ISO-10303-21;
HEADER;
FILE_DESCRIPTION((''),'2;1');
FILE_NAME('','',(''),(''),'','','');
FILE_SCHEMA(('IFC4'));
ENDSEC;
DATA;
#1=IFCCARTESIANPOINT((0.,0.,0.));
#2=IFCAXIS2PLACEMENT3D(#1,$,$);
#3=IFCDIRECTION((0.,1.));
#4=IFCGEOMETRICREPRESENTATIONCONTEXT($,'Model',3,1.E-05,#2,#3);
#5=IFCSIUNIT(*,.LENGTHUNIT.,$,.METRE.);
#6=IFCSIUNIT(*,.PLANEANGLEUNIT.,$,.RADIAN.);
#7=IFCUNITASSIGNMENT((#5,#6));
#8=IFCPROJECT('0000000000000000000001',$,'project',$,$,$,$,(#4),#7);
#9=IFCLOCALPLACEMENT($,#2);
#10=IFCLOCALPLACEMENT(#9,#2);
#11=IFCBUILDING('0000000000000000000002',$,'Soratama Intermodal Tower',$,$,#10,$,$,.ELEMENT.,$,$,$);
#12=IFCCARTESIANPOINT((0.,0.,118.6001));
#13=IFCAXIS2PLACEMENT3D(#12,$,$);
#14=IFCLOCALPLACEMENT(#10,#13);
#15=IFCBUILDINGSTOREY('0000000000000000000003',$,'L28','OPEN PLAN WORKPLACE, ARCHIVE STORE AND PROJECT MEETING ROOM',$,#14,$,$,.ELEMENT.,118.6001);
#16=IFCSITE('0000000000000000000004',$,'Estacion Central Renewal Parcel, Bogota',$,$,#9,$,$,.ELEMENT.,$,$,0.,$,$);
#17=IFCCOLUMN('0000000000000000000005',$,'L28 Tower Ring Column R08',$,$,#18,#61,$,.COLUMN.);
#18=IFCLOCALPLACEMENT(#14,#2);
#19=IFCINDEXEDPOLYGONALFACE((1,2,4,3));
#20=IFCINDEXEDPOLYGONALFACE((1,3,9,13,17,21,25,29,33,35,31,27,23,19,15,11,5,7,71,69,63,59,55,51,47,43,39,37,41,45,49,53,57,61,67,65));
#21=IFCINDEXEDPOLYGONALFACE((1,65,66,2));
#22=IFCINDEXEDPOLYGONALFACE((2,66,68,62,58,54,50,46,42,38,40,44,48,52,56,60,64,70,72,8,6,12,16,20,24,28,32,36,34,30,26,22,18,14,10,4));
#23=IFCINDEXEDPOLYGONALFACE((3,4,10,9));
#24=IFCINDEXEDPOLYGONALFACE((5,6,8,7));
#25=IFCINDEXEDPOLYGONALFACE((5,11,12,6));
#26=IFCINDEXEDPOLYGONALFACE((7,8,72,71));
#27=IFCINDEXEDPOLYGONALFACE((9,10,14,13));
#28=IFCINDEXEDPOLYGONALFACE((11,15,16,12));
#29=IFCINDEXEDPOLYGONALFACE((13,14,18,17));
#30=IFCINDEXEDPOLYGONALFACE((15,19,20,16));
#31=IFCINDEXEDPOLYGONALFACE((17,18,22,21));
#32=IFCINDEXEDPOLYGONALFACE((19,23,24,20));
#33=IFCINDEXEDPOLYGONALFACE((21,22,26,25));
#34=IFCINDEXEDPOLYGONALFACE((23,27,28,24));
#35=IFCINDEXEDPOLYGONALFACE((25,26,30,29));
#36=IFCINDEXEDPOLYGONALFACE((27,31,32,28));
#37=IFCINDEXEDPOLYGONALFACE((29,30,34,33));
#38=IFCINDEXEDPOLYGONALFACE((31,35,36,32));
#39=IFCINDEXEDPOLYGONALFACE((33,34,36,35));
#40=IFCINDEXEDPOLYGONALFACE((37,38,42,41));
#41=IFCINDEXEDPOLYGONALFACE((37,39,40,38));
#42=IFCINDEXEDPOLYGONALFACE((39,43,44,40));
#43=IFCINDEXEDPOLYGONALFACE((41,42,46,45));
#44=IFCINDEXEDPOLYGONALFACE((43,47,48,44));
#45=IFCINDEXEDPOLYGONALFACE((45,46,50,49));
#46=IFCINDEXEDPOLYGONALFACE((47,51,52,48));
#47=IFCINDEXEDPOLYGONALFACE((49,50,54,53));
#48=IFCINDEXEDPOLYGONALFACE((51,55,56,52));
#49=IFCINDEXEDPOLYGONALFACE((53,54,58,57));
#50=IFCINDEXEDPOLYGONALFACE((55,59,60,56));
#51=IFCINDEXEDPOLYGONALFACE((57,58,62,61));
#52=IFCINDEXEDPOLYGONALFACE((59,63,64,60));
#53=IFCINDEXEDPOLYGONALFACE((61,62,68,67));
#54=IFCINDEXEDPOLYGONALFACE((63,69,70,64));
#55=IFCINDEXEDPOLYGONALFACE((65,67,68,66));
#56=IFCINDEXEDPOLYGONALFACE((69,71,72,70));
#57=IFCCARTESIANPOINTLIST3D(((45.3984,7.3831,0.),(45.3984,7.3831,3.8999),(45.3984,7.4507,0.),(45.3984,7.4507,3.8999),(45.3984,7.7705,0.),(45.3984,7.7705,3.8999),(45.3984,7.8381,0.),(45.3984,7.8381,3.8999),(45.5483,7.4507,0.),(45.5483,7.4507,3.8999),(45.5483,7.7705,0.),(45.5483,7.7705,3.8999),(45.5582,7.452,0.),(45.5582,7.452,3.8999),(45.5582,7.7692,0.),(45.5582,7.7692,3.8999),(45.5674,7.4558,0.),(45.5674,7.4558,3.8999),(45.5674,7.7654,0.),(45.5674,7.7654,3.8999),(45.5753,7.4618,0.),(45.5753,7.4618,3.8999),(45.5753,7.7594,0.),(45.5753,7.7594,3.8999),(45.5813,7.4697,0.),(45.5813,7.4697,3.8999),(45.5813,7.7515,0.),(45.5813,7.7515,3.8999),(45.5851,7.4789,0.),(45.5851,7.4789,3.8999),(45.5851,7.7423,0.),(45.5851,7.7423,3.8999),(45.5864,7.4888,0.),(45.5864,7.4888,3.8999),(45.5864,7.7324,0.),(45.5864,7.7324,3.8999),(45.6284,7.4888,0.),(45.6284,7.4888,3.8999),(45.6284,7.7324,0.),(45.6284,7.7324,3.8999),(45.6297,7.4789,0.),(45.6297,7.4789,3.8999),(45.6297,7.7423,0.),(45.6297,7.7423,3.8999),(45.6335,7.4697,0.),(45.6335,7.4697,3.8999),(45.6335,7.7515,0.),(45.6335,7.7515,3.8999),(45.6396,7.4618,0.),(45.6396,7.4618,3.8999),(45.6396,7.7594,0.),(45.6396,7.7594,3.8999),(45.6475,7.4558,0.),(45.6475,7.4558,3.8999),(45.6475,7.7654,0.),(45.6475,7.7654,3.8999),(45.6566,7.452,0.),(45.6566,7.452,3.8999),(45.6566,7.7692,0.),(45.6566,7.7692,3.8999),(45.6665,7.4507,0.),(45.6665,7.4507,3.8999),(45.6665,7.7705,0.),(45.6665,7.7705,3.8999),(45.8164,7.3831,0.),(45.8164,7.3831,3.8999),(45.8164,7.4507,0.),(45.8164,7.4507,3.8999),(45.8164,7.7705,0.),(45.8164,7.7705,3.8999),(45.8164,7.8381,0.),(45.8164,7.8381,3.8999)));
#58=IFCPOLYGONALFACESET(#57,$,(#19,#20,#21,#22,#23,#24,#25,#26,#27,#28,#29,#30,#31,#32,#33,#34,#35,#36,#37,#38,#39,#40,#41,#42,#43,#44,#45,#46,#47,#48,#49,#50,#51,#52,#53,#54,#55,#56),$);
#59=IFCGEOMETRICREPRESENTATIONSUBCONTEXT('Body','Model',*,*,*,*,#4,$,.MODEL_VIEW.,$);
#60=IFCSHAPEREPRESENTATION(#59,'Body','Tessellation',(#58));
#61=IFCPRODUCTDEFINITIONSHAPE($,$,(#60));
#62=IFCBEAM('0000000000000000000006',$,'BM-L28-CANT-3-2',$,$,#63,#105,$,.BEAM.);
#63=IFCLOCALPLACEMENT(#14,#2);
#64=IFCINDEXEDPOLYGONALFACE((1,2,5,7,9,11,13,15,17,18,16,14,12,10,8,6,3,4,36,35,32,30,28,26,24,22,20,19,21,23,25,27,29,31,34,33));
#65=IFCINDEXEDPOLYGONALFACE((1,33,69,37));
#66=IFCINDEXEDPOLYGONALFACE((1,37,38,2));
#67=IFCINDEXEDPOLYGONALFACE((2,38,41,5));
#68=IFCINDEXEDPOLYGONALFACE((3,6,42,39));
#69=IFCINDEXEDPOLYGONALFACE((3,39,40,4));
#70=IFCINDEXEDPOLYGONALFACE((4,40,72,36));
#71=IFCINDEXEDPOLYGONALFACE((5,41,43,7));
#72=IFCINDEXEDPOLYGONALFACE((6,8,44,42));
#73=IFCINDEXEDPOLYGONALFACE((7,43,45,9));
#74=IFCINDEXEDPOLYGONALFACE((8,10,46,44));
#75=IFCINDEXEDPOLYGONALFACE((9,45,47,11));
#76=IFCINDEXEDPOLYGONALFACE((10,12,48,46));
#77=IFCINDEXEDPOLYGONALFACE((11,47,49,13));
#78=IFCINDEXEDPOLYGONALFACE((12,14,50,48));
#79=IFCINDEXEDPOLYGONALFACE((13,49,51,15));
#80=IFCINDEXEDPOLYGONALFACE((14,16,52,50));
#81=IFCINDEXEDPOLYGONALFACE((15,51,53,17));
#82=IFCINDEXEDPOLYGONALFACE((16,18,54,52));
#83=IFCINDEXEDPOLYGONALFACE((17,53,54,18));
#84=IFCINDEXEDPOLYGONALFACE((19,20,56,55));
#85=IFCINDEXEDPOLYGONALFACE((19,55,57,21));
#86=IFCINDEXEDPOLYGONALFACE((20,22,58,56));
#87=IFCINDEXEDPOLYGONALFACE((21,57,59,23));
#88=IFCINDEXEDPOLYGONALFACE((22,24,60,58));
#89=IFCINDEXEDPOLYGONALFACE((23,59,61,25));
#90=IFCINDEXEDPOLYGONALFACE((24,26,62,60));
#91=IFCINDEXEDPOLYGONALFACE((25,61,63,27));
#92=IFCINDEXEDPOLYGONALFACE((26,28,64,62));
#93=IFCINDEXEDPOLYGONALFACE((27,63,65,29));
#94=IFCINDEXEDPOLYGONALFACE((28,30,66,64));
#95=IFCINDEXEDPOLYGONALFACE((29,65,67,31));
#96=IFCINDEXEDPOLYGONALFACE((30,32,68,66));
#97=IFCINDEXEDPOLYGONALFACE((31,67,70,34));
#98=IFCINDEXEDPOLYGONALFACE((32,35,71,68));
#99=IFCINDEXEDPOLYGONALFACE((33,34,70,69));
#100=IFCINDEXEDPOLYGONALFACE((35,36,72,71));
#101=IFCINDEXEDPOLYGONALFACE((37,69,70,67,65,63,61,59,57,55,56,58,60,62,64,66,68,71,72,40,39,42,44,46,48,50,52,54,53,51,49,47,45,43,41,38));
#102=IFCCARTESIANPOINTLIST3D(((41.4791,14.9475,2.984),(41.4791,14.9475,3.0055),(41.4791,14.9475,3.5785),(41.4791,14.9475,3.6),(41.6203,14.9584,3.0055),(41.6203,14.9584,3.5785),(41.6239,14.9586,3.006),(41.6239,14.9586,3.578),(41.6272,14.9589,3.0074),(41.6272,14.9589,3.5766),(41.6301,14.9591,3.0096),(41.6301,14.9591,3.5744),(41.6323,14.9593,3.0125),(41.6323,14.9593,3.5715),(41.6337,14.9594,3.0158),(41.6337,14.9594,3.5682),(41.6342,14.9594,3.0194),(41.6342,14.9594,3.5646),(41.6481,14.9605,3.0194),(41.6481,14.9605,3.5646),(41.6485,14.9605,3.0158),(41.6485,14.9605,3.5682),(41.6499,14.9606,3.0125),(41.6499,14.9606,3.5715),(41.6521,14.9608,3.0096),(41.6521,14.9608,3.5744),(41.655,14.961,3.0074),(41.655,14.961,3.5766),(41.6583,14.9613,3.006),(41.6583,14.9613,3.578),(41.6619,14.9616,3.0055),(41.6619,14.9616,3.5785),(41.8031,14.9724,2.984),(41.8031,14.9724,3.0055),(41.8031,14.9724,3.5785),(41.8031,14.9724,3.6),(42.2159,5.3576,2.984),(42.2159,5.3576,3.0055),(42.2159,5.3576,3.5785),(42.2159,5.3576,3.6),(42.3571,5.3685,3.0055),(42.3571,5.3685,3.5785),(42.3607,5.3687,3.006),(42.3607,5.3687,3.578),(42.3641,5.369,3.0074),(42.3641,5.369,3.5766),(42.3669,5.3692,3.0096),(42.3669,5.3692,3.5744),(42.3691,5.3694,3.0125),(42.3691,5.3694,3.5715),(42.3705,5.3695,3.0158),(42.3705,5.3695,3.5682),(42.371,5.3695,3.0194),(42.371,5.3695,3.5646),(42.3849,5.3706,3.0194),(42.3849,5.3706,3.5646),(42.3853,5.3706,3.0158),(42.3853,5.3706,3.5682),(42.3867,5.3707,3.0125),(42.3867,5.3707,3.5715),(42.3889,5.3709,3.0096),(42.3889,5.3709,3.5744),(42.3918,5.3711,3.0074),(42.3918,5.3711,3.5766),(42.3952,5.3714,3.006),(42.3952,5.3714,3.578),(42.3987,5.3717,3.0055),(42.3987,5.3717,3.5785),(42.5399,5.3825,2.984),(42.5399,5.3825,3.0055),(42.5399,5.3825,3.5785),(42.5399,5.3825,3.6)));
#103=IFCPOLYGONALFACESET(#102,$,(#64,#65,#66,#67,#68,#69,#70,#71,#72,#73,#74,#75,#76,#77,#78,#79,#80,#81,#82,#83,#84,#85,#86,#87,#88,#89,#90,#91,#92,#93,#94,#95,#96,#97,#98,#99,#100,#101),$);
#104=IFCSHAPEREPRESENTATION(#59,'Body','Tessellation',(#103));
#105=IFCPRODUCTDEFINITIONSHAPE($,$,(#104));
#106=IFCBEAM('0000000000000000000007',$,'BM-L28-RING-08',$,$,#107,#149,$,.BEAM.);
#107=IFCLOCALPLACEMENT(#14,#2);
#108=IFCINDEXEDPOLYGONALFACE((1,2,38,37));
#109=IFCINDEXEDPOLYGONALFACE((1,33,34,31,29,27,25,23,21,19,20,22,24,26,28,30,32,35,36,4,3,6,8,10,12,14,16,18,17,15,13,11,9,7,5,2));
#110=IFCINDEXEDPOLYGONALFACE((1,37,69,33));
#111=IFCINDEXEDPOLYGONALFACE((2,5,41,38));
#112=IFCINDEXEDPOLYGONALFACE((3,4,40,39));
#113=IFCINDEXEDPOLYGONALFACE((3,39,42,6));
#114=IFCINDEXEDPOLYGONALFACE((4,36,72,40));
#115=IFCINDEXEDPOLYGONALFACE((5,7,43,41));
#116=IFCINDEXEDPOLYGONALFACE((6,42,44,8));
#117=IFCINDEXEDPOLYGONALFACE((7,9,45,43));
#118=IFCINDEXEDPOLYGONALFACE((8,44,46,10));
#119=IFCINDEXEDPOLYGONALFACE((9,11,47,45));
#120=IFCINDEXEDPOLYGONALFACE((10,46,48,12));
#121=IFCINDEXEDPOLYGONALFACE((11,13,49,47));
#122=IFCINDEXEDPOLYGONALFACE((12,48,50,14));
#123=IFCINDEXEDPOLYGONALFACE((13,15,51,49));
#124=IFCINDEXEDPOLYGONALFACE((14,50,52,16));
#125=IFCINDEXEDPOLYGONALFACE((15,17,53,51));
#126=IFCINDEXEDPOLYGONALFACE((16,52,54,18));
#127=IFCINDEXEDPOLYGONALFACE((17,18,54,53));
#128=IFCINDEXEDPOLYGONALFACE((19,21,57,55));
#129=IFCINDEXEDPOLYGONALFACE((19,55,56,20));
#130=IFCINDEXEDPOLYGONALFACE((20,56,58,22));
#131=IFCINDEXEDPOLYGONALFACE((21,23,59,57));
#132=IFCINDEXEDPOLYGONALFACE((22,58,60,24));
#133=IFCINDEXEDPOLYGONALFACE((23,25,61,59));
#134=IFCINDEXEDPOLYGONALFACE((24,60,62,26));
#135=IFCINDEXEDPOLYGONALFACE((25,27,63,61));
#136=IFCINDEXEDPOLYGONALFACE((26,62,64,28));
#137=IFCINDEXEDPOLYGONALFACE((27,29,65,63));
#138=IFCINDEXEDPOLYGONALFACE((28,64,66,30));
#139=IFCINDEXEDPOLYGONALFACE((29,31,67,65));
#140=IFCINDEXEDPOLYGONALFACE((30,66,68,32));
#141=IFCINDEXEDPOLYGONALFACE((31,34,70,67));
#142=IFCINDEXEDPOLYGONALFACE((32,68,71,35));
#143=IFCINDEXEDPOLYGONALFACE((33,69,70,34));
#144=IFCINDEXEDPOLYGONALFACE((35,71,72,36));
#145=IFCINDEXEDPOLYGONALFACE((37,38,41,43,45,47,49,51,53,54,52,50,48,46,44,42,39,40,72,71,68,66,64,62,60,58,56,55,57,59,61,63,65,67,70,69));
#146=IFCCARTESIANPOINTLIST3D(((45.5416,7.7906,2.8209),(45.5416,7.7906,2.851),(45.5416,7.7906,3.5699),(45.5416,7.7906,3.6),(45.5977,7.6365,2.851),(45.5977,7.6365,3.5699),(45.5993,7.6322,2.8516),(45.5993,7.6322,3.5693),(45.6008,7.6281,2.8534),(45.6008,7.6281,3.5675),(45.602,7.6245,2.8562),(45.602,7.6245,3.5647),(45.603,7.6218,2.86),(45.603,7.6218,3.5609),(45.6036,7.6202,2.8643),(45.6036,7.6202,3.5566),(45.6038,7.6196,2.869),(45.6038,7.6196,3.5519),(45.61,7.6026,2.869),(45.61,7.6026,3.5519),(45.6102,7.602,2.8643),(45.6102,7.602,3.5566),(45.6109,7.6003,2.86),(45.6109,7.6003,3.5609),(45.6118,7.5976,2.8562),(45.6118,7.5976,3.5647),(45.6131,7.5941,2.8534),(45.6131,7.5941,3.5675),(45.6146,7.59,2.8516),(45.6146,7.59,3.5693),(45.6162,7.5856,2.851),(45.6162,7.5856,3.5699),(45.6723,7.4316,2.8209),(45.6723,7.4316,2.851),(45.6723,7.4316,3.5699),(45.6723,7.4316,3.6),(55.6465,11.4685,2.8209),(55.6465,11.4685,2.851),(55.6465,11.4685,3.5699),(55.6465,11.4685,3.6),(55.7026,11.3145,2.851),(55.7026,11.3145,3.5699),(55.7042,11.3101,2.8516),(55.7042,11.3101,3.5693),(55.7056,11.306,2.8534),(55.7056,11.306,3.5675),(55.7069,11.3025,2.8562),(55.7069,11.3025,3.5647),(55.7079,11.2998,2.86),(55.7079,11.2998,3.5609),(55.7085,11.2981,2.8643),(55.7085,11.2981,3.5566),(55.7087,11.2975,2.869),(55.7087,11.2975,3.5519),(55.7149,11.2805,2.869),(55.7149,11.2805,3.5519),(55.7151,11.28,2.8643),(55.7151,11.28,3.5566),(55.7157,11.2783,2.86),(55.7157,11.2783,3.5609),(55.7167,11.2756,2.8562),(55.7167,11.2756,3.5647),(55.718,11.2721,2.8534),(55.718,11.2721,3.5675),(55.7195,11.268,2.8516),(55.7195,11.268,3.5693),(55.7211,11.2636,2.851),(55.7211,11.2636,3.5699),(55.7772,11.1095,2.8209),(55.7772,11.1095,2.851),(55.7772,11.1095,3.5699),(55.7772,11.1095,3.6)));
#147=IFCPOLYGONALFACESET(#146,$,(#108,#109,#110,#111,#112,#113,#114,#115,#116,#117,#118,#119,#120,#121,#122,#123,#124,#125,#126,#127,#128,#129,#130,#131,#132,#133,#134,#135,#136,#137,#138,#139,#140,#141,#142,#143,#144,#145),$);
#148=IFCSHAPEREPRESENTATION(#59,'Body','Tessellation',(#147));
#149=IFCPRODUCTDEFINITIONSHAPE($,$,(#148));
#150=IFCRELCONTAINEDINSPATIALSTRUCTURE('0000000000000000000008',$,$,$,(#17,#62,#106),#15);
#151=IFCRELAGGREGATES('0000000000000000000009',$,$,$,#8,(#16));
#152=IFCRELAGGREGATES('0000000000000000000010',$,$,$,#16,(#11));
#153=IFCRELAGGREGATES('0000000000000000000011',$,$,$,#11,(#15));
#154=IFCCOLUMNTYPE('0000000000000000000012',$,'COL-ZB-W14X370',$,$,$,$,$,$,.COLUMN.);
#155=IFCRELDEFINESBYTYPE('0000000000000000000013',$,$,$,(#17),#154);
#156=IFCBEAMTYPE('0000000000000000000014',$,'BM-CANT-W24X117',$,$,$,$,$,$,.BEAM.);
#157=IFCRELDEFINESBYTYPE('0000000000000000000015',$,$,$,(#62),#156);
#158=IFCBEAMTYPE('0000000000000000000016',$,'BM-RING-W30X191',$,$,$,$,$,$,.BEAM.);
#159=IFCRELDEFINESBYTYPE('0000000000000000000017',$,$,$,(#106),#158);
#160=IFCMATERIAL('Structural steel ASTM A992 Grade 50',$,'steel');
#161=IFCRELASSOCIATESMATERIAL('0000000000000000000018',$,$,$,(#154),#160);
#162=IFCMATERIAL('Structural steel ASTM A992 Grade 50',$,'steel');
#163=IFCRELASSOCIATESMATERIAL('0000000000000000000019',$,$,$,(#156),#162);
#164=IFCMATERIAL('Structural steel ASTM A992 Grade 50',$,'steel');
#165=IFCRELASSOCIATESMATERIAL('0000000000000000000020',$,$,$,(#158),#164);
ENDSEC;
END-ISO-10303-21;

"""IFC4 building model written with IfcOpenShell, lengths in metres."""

from ifc_helpers import new_model, si_unit, direction, frame, origin, origin_2d, place, context, subcontext, project, spatial, i_section, extrude, material, material_profile, profile_set, type_object, element, save


model = new_model("IFC4")

# Units and contexts
model_context = context("Model", 3, precision=1e-05, world=origin(), true_north=direction((0.0, 1.0)))
body_context = subcontext(model_context, "Body", "Model", "MODEL_VIEW")
ifc_project = project(units=[si_unit("LENGTHUNIT", "METRE"), si_unit("PLANEANGLEUNIT", "RADIAN")], contexts=[model_context])

# Site, building, storey
site_placement = place(None, origin())
site = spatial("IfcSite", under=ifc_project, at=site_placement, Name="Estacion Central Renewal Parcel, Bogota", CompositionType="ELEMENT", RefElevation=0.0)
building_placement = place(site_placement, origin())
building = spatial("IfcBuilding", under=site, at=building_placement, Name="Soratama Intermodal Tower", CompositionType="ELEMENT")
storey_placement = place(building_placement, frame((0.0, 0.0, 118.6001)))
storey = spatial("IfcBuildingStorey", under=building, at=storey_placement, Name="L28", Description="OPEN PLAN WORKPLACE, ARCHIVE STORE AND PROJECT MEETING ROOM", CompositionType="ELEMENT", Elevation=118.6001)

# Column
ifc_material_1 = material(Name="Structural steel ASTM A992 Grade 50", Category="steel")
ifc_material_profile_1 = material_profile(ifc_material_1, i_section(OverallWidth=0.418, OverallDepth=0.4551, WebThickness=0.042, FlangeThickness=0.0676, FilletRadius=0.0381, at=origin_2d()), Name="W14X370")
ifc_profile_set_1 = profile_set([ifc_material_profile_1], Name="Structural steel ASTM A992 Grade 50")
column_type = type_object("IfcColumnType", Name="COL-ZB-W14X370", PredefinedType="COLUMN", material=ifc_profile_set_1)
column_placement = place(storey_placement, frame((45.6074, 7.6106, 0.0), z_axis=(0.0, 0.0, 1.0), x_axis=(1.0, 0.0, 0.0)))
element("IfcColumn", 1, at=column_placement, inside=storey, type_object=column_type, Name="L28 Tower Ring Column R08", PredefinedType="COLUMN", context=body_context, shape_type="SweptSolid", body=[
    extrude(i_section(OverallWidth=0.418, OverallDepth=0.4551, WebThickness=0.042, FlangeThickness=0.0676, FilletRadius=0.0381, at=origin_2d()), origin(), (0.0, 0.0, 1.0), 3.8999),
])

# Beams
ifc_material_2 = material(Name="Structural steel ASTM A992 Grade 50", Category="steel")
ifc_material_profile_2 = material_profile(ifc_material_2, i_section(OverallWidth=0.325, OverallDepth=0.616, WebThickness=0.0139, FlangeThickness=0.0215, FilletRadius=0.0139, at=origin_2d()), Name="W24X117")
ifc_profile_set_2 = profile_set([ifc_material_profile_2], Name="Structural steel ASTM A992 Grade 50")
beam_type_1 = type_object("IfcBeamType", Name="BM-CANT-W24X117", PredefinedType="BEAM", material=ifc_profile_set_2)
beam_1_placement = place(storey_placement, frame((41.6411, 14.96, 3.292), z_axis=(0.076607, -0.997061, 0.0), x_axis=(0.997061, 0.076607, 0.0)))
element("IfcBeam", 2, at=beam_1_placement, inside=storey, type_object=beam_type_1, Name="BM-L28-CANT-3-2", PredefinedType="BEAM", context=body_context, shape_type="SweptSolid", body=[
    extrude(i_section(OverallWidth=0.325, OverallDepth=0.616, WebThickness=0.0139, FlangeThickness=0.0215, FilletRadius=0.0139, at=origin_2d()), origin(), (0.0, 0.0, 1.0), 9.6182),
])
ifc_material_3 = material(Name="Structural steel ASTM A992 Grade 50", Category="steel")
ifc_material_profile_3 = material_profile(ifc_material_3, i_section(OverallWidth=0.3821, OverallDepth=0.7791, WebThickness=0.0181, FlangeThickness=0.03, FilletRadius=0.0181, at=origin_2d()), Name="W30X191")
ifc_profile_set_3 = profile_set([ifc_material_profile_3], Name="Structural steel ASTM A992 Grade 50")
beam_type_2 = type_object("IfcBeamType", Name="BM-RING-W30X191", PredefinedType="BEAM", material=ifc_profile_set_3)
beam_2_placement = place(storey_placement, frame((45.6069, 7.6111, 3.2104), z_axis=(0.939691, 0.342026, 0.0), x_axis=(-0.342026, 0.939691, 0.0)))
element("IfcBeam", 3, at=beam_2_placement, inside=storey, type_object=beam_type_2, Name="BM-L28-RING-08", PredefinedType="BEAM", context=body_context, shape_type="SweptSolid", body=[
    extrude(i_section(OverallWidth=0.3821, OverallDepth=0.7791, WebThickness=0.0181, FlangeThickness=0.03, FilletRadius=0.0181, at=origin_2d()), origin(), (0.0, 0.0, 1.0), 10.7534),
])

save(model, "model.ifc")
